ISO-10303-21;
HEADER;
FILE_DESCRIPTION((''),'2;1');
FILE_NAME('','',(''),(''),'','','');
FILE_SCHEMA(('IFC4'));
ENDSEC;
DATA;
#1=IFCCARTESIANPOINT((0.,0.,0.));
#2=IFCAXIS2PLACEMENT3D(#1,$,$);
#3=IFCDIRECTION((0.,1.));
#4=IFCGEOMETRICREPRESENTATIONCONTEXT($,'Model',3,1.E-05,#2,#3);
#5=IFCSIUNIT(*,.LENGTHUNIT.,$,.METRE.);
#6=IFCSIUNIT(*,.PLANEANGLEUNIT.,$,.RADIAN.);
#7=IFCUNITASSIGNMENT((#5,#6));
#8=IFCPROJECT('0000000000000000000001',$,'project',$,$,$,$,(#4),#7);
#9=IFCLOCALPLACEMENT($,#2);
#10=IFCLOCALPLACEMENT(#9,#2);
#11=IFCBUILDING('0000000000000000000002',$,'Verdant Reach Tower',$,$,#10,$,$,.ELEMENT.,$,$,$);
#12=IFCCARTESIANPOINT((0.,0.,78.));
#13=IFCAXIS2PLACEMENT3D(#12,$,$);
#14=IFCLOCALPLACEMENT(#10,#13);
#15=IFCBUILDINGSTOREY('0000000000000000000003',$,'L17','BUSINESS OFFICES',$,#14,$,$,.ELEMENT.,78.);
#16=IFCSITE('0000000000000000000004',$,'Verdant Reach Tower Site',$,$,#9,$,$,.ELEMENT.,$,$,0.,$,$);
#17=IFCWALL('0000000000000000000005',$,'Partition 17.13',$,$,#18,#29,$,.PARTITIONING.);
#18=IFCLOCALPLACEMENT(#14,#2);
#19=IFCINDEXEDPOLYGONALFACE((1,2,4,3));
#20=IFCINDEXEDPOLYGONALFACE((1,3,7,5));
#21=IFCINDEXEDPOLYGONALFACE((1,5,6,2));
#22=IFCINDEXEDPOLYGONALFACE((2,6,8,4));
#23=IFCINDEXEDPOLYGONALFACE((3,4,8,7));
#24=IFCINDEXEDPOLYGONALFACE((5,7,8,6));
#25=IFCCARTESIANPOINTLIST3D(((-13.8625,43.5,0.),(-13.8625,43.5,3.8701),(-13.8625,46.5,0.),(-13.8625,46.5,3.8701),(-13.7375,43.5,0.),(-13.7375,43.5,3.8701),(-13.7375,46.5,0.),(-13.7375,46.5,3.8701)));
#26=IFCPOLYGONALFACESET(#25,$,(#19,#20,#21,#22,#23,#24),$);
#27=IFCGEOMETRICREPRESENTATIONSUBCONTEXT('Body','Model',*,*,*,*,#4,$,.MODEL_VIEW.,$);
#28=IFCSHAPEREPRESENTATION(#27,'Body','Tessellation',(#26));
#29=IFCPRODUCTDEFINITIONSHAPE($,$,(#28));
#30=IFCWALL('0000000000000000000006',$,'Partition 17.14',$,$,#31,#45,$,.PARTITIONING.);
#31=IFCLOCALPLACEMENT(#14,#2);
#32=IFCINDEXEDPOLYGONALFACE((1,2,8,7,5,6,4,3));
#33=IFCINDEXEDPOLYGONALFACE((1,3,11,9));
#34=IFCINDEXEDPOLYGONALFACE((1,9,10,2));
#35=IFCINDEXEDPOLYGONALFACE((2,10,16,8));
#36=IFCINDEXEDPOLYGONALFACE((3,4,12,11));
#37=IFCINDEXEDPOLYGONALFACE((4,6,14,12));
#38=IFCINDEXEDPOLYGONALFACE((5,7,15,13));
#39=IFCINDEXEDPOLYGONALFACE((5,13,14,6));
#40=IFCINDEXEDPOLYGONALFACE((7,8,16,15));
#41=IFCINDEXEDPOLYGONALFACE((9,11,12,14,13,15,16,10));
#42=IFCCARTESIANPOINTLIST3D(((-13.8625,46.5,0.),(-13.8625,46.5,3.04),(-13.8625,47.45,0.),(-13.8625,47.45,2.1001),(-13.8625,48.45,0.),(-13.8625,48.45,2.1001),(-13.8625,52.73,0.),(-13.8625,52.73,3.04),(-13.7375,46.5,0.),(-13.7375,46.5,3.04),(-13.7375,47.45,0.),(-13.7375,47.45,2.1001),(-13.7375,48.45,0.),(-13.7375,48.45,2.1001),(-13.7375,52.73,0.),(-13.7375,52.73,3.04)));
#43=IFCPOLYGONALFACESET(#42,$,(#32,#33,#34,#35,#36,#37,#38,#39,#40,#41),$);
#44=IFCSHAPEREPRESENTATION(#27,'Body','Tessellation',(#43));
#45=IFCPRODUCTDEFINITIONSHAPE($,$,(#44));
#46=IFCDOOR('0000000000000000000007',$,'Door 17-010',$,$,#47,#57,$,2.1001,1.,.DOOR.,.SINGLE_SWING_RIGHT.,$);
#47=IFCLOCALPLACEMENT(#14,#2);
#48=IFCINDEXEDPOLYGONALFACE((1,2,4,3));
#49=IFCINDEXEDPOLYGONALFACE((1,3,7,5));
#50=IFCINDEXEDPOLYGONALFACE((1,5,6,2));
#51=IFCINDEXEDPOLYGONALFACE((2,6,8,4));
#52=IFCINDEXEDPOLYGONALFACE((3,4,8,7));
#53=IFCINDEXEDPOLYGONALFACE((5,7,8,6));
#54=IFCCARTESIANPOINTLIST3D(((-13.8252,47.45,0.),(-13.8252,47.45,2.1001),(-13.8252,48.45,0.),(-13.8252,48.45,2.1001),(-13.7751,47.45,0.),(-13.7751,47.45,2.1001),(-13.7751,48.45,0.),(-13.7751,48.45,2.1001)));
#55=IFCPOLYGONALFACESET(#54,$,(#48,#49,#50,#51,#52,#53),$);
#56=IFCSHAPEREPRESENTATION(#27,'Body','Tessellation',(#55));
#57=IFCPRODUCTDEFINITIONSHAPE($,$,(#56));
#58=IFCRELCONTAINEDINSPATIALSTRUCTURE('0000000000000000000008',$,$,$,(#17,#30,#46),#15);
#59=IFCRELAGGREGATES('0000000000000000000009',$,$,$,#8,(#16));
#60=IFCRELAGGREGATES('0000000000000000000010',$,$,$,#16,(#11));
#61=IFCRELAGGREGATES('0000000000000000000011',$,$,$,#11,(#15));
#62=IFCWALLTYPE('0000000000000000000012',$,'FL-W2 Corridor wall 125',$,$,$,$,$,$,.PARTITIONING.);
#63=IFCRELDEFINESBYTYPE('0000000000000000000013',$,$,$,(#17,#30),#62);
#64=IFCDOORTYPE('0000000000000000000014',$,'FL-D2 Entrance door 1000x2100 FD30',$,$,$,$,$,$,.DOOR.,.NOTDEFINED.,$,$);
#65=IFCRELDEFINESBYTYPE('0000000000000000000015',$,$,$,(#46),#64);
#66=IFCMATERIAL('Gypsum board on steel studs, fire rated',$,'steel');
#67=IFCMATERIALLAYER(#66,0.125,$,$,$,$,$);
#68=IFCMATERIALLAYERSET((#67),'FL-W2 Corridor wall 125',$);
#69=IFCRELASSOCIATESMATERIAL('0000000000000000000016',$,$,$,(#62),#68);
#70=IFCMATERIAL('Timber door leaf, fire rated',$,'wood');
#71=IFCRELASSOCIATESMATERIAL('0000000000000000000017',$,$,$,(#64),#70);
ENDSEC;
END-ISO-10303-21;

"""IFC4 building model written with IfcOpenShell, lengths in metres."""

from ifc_helpers import new_model, si_unit, direction, frame, frame_2d, origin, place, context, subcontext, project, spatial, rectangle, extrude, material, layer, layer_set, type_object, element, fill, save


model = new_model("IFC4")

# Units and contexts
model_context = context("Model", 3, precision=1e-05, world=origin(), true_north=direction((0.0, 1.0)))
body_context = subcontext(model_context, "Body", "Model", "MODEL_VIEW")
ifc_project = project(units=[si_unit("LENGTHUNIT", "METRE"), si_unit("PLANEANGLEUNIT", "RADIAN")], contexts=[model_context])

# Site, building, storey
site_placement = place(None, origin())
site = spatial("IfcSite", under=ifc_project, at=site_placement, Name="Verdant Reach Tower Site", CompositionType="ELEMENT", RefElevation=0.0)
building_placement = place(site_placement, origin())
building = spatial("IfcBuilding", under=site, at=building_placement, Name="Verdant Reach Tower", CompositionType="ELEMENT")
storey_placement = place(building_placement, frame((0.0, 0.0, 78.0)))
storey = spatial("IfcBuildingStorey", under=building, at=storey_placement, Name="L17", Description="BUSINESS OFFICES", CompositionType="ELEMENT", Elevation=78.0)

# Wall
ifc_material_1 = material(Name="Gypsum board on steel studs, fire rated", Category="steel")
ifc_layer_1 = layer(ifc_material_1, 0.125)
ifc_layer_set_1 = layer_set([ifc_layer_1], Name="FL-W2 Corridor wall 125")
wall_type_1 = type_object("IfcWallType", Name="FL-W2 Corridor wall 125", PredefinedType="PARTITIONING", material=ifc_layer_set_1)
wall_1_placement = place(storey_placement, frame((-13.8, 43.5, 0.0), z_axis=(0.0, 0.0, 1.0), x_axis=(0.0, 1.0, 0.0)))
element("IfcWall", 1, at=wall_1_placement, inside=storey, type_object=wall_type_1, Name="Partition 17.13", PredefinedType="PARTITIONING", context=body_context, shape_type="SweptSolid", body=[
    extrude(rectangle(XDim=3.0, YDim=0.125, at=frame_2d((1.5, 0.0))), origin(), (0.0, 0.0, 1.0), 3.8701),
])

# Wall, opening, door
wall_2_placement = place(storey_placement, frame((-13.8, 52.73, 0.0), z_axis=(0.0, 0.0, 1.0), x_axis=(0.0, -1.0, 0.0)))
wall_2 = element("IfcWall", 2, at=wall_2_placement, inside=storey, type_object=wall_type_1, Name="Partition 17.14", PredefinedType="PARTITIONING", context=body_context, shape_type="SweptSolid", body=[
    extrude(rectangle(XDim=6.23, YDim=0.125, at=frame_2d((3.115, 0.0))), origin(), (0.0, 0.0, 1.0), 3.04),
])
opening_1_placement = place(wall_2_placement, frame((4.28, 0.0, 0.0)))
opening_1 = element("IfcOpeningElement", 3, at=opening_1_placement, cuts=wall_2, PredefinedType="OPENING", context=body_context, shape_type="SweptSolid", body=[
    extrude(rectangle(XDim=1.0, YDim=2.1001, at=frame_2d((0.5, 1.05))), frame((0.0, 0.0725, 0.0), z_axis=(0.0, -1.0, 0.0), x_axis=(1.0, 0.0, 0.0)), (0.0, 0.0, 1.0), 0.145),
])
ifc_material_2 = material(Name="Timber door leaf, fire rated", Category="wood")
door_type_1 = type_object("IfcDoorType", Name="FL-D2 Entrance door 1000x2100 FD30", OperationType="NOTDEFINED", PredefinedType="DOOR", material=ifc_material_2)
door_1_placement = place(opening_1_placement, origin())
door_1 = element("IfcDoor", 4, at=door_1_placement, inside=storey, type_object=door_type_1, Name="Door 17-010", OperationType="SINGLE_SWING_RIGHT", OverallHeight=2.1001, OverallWidth=1.0, PredefinedType="DOOR", context=body_context, shape_type="SweptSolid", body=[
    extrude(rectangle(XDim=1.0, YDim=2.1001, at=frame_2d((0.5, 1.05))), frame((0.0, 0.0249, 0.0), z_axis=(0.0, -1.0, 0.0), x_axis=(1.0, 0.0, 0.0)), (0.0, 0.0, 1.0), 0.05),
])
fill(opening_1, door_1)

save(model, "model.ifc")
